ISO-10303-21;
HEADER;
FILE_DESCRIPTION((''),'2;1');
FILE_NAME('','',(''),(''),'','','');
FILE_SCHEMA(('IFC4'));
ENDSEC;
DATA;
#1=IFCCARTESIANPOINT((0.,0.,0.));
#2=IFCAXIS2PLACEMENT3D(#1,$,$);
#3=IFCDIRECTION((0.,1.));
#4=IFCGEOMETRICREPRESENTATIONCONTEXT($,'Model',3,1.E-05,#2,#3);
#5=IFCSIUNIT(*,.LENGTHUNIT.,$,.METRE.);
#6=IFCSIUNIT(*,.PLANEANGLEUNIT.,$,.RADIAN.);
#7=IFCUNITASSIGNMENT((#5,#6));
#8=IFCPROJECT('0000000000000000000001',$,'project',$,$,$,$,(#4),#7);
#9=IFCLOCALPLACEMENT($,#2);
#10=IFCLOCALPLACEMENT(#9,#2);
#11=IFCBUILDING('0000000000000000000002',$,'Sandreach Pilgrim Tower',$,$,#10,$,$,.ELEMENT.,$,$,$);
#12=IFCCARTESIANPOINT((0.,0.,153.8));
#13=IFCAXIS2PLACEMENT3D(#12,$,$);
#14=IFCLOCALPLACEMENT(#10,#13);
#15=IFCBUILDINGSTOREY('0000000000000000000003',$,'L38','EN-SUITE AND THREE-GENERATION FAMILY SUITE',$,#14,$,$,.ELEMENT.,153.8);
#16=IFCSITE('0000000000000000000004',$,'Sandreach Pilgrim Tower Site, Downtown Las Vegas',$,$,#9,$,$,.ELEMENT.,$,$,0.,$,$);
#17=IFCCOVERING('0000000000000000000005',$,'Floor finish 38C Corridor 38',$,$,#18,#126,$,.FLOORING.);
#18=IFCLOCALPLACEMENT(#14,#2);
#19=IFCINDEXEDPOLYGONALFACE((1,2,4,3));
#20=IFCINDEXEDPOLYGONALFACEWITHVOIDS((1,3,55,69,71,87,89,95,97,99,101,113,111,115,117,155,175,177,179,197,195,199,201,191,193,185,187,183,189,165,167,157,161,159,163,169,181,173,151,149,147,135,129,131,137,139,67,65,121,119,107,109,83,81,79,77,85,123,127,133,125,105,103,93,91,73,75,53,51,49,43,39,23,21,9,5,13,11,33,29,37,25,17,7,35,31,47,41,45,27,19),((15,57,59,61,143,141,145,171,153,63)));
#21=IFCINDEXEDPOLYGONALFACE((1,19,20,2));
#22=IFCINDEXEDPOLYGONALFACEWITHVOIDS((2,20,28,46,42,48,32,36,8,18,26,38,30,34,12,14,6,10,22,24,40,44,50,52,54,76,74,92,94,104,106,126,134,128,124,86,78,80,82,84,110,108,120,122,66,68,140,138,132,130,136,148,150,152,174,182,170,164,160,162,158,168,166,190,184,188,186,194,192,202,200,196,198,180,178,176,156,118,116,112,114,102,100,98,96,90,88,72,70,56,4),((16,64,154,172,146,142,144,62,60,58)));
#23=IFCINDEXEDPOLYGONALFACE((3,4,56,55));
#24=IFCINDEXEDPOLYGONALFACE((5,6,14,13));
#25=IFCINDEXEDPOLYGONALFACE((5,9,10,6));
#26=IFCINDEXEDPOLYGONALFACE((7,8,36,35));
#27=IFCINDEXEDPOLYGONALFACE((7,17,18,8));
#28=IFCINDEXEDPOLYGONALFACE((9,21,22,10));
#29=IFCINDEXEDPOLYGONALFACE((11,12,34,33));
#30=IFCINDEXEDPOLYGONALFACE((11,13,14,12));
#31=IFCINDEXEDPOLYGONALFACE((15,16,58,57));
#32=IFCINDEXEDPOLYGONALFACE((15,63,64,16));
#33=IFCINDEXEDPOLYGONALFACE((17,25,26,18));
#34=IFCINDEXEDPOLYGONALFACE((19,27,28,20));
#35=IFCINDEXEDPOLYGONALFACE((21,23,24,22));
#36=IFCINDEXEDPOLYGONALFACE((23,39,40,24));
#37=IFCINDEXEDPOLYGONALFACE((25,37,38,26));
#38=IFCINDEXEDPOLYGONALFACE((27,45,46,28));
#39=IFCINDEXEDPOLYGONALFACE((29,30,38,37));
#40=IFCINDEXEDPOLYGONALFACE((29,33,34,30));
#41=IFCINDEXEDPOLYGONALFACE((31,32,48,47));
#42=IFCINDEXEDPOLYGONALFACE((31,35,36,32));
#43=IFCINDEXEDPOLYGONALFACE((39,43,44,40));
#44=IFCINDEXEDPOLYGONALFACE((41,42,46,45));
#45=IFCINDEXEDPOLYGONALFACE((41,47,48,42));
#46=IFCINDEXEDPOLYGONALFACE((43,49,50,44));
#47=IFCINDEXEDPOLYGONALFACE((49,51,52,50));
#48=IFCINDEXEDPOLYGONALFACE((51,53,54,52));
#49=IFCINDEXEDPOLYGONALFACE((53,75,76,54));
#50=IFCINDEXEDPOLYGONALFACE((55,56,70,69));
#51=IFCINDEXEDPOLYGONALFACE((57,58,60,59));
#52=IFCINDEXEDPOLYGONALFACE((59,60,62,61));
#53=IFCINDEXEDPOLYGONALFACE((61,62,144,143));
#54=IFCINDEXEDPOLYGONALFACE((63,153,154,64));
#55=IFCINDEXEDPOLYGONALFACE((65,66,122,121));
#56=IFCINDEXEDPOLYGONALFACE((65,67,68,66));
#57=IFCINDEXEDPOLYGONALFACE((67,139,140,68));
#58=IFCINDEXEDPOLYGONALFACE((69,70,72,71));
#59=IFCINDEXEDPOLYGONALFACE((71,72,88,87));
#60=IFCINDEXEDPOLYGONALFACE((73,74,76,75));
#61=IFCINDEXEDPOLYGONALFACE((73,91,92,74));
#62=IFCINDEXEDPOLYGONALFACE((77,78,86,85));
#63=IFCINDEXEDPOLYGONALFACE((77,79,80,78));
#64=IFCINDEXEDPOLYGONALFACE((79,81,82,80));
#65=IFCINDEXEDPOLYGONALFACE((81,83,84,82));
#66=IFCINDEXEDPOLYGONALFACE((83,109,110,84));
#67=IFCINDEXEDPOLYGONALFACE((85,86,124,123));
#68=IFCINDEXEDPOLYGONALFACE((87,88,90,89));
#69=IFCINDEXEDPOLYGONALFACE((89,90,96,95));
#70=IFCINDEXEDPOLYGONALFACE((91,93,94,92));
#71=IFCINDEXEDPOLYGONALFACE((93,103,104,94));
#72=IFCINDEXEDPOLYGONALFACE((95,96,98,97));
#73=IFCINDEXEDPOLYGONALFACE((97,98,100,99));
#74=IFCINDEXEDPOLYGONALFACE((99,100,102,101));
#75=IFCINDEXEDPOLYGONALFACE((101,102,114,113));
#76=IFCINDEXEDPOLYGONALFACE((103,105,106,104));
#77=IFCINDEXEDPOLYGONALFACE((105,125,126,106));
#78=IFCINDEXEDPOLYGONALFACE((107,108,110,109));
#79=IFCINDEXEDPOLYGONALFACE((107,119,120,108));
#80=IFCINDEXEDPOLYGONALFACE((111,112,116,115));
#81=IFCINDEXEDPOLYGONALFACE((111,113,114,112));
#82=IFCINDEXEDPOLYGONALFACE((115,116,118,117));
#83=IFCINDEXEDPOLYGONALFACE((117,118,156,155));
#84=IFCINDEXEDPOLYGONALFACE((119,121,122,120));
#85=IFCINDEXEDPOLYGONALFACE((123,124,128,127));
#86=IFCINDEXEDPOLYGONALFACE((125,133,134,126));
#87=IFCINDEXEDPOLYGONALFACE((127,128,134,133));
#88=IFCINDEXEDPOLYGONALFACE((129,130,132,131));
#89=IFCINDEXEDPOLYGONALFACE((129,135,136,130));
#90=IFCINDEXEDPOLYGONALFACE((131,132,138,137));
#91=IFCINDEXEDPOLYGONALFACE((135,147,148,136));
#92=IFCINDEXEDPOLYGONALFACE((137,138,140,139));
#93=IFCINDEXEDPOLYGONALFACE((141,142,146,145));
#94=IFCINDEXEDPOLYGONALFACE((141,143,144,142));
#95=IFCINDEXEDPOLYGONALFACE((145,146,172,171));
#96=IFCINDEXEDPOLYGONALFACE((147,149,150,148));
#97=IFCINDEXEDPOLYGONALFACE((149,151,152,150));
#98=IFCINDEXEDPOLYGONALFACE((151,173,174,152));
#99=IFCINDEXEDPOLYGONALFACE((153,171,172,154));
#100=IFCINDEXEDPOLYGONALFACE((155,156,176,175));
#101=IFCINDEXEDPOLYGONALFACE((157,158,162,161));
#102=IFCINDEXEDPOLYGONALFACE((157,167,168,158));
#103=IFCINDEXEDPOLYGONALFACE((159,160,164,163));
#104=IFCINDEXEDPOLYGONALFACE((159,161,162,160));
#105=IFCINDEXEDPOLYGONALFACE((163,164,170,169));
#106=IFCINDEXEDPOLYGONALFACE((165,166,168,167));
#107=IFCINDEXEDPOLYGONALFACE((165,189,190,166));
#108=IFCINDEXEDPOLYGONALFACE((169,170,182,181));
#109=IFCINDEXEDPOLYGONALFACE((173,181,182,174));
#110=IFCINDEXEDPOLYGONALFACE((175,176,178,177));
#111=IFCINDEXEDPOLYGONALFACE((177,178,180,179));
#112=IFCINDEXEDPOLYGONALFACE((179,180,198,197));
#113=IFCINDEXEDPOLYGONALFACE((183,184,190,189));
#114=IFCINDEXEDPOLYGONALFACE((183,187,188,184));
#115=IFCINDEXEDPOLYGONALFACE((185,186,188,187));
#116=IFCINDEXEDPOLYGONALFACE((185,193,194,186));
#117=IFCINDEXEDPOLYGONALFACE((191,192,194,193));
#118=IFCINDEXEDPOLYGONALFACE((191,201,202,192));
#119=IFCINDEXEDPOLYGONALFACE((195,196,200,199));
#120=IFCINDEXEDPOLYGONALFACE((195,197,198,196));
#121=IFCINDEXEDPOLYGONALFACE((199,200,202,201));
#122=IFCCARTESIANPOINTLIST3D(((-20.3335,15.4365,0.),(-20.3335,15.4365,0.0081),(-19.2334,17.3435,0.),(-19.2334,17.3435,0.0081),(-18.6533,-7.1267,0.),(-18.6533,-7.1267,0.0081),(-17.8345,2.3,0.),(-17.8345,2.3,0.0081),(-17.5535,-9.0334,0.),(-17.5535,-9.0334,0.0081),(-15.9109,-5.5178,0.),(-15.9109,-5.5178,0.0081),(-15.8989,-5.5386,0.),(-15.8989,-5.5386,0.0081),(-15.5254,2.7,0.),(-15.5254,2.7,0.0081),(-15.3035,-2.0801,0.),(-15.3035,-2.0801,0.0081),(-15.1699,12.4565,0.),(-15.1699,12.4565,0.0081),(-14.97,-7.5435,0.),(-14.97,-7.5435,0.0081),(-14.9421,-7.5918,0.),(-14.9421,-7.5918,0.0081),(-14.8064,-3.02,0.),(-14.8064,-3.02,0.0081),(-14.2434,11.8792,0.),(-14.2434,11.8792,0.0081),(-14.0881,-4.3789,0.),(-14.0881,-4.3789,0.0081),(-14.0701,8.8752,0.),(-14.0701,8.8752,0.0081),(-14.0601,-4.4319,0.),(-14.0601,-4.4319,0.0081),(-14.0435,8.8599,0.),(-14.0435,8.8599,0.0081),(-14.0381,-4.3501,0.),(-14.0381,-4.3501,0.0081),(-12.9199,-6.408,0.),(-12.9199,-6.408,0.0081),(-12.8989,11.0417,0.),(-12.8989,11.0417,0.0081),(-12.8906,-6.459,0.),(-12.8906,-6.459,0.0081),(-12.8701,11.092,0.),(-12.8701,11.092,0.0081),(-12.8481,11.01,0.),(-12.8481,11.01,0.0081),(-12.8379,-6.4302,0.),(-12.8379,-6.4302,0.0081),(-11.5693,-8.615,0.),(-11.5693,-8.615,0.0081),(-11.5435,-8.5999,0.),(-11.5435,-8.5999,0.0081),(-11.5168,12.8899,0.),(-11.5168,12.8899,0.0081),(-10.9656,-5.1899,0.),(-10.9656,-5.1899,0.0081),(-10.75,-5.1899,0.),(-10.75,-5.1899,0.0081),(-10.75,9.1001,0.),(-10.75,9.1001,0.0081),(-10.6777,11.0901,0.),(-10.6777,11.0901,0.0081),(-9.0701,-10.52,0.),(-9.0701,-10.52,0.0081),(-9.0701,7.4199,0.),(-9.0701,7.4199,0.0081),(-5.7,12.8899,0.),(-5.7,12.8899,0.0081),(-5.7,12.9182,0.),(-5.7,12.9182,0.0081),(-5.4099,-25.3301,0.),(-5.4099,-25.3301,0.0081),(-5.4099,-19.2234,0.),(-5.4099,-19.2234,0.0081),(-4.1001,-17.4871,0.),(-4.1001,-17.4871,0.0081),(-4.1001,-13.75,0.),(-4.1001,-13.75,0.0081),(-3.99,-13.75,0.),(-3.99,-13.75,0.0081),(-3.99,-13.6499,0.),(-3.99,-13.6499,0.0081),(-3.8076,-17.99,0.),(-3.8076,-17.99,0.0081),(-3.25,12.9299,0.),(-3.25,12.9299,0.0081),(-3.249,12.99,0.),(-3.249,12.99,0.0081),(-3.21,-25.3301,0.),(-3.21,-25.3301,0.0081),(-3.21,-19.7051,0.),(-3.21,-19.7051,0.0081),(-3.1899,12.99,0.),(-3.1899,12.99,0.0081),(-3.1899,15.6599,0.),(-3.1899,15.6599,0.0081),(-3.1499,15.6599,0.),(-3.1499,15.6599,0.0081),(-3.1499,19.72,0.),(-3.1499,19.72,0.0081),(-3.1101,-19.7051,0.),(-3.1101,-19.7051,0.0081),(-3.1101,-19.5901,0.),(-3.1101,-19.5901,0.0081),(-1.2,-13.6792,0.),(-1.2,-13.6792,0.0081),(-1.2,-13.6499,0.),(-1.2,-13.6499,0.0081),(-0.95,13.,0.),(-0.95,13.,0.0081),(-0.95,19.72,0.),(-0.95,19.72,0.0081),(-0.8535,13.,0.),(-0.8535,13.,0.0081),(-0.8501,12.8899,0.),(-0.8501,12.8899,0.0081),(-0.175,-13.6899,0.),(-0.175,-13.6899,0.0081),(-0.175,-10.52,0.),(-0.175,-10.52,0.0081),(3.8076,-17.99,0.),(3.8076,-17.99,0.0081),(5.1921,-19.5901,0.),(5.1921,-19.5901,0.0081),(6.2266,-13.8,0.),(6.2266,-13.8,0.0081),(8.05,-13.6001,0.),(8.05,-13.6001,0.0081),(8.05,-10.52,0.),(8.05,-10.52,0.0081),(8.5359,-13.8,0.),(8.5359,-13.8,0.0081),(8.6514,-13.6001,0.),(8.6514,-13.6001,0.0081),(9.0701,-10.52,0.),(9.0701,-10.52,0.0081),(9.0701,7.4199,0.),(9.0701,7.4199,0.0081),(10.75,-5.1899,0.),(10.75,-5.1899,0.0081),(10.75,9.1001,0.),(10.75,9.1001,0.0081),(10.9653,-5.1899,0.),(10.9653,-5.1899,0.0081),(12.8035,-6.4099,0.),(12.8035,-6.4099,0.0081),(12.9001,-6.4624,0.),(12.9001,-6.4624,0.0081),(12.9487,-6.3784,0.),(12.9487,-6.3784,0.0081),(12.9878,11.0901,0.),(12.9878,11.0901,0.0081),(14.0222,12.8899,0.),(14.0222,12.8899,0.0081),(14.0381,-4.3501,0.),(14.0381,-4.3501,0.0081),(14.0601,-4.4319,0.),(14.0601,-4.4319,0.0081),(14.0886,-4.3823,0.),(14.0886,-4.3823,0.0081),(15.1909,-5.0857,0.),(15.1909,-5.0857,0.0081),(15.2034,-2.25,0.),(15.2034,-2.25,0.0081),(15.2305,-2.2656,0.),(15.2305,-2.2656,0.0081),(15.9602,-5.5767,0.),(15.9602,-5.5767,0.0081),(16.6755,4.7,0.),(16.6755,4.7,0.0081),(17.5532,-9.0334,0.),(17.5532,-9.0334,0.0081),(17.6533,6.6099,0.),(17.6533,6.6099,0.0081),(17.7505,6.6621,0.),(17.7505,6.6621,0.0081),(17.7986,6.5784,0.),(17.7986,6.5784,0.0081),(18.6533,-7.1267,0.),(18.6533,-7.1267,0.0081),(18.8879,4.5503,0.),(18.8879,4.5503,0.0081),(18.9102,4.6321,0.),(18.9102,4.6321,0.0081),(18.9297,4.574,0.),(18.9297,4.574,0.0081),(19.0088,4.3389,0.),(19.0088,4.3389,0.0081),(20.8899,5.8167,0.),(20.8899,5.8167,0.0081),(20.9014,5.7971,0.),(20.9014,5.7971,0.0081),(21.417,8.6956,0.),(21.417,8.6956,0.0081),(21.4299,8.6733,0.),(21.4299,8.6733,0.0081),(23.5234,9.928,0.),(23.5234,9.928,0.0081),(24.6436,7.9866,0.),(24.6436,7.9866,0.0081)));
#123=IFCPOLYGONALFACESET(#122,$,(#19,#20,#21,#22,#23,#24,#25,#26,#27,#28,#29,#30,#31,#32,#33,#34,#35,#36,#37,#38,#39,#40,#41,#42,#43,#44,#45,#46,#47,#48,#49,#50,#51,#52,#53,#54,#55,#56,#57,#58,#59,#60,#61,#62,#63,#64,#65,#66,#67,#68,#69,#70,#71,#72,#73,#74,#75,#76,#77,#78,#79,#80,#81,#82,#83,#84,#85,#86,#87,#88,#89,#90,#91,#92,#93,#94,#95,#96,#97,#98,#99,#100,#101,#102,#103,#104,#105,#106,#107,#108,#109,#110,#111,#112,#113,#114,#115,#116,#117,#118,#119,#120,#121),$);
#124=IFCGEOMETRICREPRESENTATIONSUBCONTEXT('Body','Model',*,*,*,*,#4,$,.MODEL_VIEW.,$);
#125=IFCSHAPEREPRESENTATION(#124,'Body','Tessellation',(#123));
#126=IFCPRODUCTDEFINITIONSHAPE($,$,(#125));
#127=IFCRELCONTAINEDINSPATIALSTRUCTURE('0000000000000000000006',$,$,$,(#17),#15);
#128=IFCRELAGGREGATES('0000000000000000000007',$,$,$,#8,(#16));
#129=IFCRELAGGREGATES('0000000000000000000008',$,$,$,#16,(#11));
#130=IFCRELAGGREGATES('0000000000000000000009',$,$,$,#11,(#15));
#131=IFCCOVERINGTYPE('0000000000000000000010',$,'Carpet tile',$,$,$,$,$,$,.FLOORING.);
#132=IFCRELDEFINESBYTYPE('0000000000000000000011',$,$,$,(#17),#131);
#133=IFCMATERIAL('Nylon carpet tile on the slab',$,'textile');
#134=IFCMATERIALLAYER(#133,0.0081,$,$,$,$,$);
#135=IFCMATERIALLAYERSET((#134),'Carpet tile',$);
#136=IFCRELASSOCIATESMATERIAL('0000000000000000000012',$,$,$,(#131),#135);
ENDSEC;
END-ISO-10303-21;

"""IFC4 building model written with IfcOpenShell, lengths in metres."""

from ifc_helpers import new_model, si_unit, direction, frame, origin, place, context, subcontext, project, spatial, polyline, outline, extrude, material, layer, layer_set, type_object, element, save


model = new_model("IFC4")

# Units and contexts
model_context = context("Model", 3, precision=1e-05, world=origin(), true_north=direction((0.0, 1.0)))
body_context = subcontext(model_context, "Body", "Model", "MODEL_VIEW")
ifc_project = project(units=[si_unit("LENGTHUNIT", "METRE"), si_unit("PLANEANGLEUNIT", "RADIAN")], contexts=[model_context])

# Site, building, storey
site_placement = place(None, origin())
site = spatial("IfcSite", under=ifc_project, at=site_placement, Name="Sandreach Pilgrim Tower Site, Downtown Las Vegas", CompositionType="ELEMENT", RefElevation=0.0)
building_placement = place(site_placement, origin())
building = spatial("IfcBuilding", under=site, at=building_placement, Name="Sandreach Pilgrim Tower", CompositionType="ELEMENT")
storey_placement = place(building_placement, frame((0.0, 0.0, 153.8)))
storey = spatial("IfcBuildingStorey", under=building, at=storey_placement, Name="L38", Description="EN-SUITE AND THREE-GENERATION FAMILY SUITE", CompositionType="ELEMENT", Elevation=153.8)

# Covering
ifc_material_1 = material(Name="Nylon carpet tile on the slab", Category="textile")
ifc_layer_1 = layer(ifc_material_1, 0.0081)
ifc_layer_set_1 = layer_set([ifc_layer_1], Name="Carpet tile")
covering_type_1 = type_object("IfcCoveringType", Name="Carpet tile", PredefinedType="FLOORING", material=ifc_layer_set_1)
covering_1_placement = place(storey_placement, origin())
element("IfcCovering", 1, at=covering_1_placement, inside=storey, type_object=covering_type_1, Name="Floor finish 38C Corridor 38", PredefinedType="FLOORING", context=body_context, shape_type="SweptSolid", body=[
    extrude(outline(polyline([(-20.3335, 15.4365), (-19.2334, 17.3435), (-11.5168, 12.8899), (-5.7, 12.8899), (-5.7, 12.9182), (-3.25, 12.9299), (-3.249, 12.99), (-3.1899, 12.99), (-3.1899, 15.6599), (-3.1499, 15.6599), (-3.1499, 19.72), (-0.95, 19.72), (-0.95, 13.0), (-0.8535, 13.0), (-0.8501, 12.8899), (14.0222, 12.8899), (17.6533, 6.6099), (17.7505, 6.6621), (17.7986, 6.5784), (21.4299, 8.6733), (21.417, 8.6956), (23.5234, 9.928), (24.6436, 7.9866), (20.8899, 5.8167), (20.9014, 5.7971), (18.9102, 4.6321), (18.9297, 4.574), (18.8879, 4.5503), (19.0088, 4.3389), (15.2034, -2.25), (15.2305, -2.2656), (14.0381, -4.3501), (14.0886, -4.3823), (14.0601, -4.4319), (15.1909, -5.0857), (15.9602, -5.5767), (18.6533, -7.1267), (17.5532, -9.0334), (12.9487, -6.3784), (12.9001, -6.4624), (12.8035, -6.4099), (8.6514, -13.6001), (8.05, -13.6001), (8.05, -10.52), (9.0701, -10.52), (9.0701, 7.4199), (-9.0701, 7.4199), (-9.0701, -10.52), (-0.175, -10.52), (-0.175, -13.6899), (-1.2, -13.6792), (-1.2, -13.6499), (-3.99, -13.6499), (-3.99, -13.75), (-4.1001, -13.75), (-4.1001, -17.4871), (-3.8076, -17.99), (3.8076, -17.99), (6.2266, -13.8), (8.5359, -13.8), (5.1921, -19.5901), (-3.1101, -19.5901), (-3.1101, -19.7051), (-3.21, -19.7051), (-3.21, -25.3301), (-5.4099, -25.3301), (-5.4099, -19.2234), (-11.5435, -8.5999), (-11.5693, -8.615), (-12.8379, -6.4302), (-12.8906, -6.459), (-12.9199, -6.408), (-14.9421, -7.5918), (-14.97, -7.5435), (-17.5535, -9.0334), (-18.6533, -7.1267), (-15.8989, -5.5386), (-15.9109, -5.5178), (-14.0601, -4.4319), (-14.0881, -4.3789), (-14.0381, -4.3501), (-14.8064, -3.02), (-15.3035, -2.0801), (-17.8345, 2.3), (-14.0435, 8.8599), (-14.0701, 8.8752), (-12.8481, 11.01), (-12.8989, 11.0417), (-12.8701, 11.092), (-14.2434, 11.8792), (-15.1699, 12.4565), (-20.3335, 15.4365)]), holes=[polyline([(-15.5254, 2.7), (-10.9656, -5.1899), (-10.75, -5.1899), (-10.75, 9.1001), (10.75, 9.1001), (10.75, -5.1899), (10.9653, -5.1899), (16.6755, 4.7), (12.9878, 11.0901), (-10.6777, 11.0901), (-15.5254, 2.7)])]), origin(), (0.0, 0.0, 1.0), 0.0081),
])

save(model, "model.ifc")
